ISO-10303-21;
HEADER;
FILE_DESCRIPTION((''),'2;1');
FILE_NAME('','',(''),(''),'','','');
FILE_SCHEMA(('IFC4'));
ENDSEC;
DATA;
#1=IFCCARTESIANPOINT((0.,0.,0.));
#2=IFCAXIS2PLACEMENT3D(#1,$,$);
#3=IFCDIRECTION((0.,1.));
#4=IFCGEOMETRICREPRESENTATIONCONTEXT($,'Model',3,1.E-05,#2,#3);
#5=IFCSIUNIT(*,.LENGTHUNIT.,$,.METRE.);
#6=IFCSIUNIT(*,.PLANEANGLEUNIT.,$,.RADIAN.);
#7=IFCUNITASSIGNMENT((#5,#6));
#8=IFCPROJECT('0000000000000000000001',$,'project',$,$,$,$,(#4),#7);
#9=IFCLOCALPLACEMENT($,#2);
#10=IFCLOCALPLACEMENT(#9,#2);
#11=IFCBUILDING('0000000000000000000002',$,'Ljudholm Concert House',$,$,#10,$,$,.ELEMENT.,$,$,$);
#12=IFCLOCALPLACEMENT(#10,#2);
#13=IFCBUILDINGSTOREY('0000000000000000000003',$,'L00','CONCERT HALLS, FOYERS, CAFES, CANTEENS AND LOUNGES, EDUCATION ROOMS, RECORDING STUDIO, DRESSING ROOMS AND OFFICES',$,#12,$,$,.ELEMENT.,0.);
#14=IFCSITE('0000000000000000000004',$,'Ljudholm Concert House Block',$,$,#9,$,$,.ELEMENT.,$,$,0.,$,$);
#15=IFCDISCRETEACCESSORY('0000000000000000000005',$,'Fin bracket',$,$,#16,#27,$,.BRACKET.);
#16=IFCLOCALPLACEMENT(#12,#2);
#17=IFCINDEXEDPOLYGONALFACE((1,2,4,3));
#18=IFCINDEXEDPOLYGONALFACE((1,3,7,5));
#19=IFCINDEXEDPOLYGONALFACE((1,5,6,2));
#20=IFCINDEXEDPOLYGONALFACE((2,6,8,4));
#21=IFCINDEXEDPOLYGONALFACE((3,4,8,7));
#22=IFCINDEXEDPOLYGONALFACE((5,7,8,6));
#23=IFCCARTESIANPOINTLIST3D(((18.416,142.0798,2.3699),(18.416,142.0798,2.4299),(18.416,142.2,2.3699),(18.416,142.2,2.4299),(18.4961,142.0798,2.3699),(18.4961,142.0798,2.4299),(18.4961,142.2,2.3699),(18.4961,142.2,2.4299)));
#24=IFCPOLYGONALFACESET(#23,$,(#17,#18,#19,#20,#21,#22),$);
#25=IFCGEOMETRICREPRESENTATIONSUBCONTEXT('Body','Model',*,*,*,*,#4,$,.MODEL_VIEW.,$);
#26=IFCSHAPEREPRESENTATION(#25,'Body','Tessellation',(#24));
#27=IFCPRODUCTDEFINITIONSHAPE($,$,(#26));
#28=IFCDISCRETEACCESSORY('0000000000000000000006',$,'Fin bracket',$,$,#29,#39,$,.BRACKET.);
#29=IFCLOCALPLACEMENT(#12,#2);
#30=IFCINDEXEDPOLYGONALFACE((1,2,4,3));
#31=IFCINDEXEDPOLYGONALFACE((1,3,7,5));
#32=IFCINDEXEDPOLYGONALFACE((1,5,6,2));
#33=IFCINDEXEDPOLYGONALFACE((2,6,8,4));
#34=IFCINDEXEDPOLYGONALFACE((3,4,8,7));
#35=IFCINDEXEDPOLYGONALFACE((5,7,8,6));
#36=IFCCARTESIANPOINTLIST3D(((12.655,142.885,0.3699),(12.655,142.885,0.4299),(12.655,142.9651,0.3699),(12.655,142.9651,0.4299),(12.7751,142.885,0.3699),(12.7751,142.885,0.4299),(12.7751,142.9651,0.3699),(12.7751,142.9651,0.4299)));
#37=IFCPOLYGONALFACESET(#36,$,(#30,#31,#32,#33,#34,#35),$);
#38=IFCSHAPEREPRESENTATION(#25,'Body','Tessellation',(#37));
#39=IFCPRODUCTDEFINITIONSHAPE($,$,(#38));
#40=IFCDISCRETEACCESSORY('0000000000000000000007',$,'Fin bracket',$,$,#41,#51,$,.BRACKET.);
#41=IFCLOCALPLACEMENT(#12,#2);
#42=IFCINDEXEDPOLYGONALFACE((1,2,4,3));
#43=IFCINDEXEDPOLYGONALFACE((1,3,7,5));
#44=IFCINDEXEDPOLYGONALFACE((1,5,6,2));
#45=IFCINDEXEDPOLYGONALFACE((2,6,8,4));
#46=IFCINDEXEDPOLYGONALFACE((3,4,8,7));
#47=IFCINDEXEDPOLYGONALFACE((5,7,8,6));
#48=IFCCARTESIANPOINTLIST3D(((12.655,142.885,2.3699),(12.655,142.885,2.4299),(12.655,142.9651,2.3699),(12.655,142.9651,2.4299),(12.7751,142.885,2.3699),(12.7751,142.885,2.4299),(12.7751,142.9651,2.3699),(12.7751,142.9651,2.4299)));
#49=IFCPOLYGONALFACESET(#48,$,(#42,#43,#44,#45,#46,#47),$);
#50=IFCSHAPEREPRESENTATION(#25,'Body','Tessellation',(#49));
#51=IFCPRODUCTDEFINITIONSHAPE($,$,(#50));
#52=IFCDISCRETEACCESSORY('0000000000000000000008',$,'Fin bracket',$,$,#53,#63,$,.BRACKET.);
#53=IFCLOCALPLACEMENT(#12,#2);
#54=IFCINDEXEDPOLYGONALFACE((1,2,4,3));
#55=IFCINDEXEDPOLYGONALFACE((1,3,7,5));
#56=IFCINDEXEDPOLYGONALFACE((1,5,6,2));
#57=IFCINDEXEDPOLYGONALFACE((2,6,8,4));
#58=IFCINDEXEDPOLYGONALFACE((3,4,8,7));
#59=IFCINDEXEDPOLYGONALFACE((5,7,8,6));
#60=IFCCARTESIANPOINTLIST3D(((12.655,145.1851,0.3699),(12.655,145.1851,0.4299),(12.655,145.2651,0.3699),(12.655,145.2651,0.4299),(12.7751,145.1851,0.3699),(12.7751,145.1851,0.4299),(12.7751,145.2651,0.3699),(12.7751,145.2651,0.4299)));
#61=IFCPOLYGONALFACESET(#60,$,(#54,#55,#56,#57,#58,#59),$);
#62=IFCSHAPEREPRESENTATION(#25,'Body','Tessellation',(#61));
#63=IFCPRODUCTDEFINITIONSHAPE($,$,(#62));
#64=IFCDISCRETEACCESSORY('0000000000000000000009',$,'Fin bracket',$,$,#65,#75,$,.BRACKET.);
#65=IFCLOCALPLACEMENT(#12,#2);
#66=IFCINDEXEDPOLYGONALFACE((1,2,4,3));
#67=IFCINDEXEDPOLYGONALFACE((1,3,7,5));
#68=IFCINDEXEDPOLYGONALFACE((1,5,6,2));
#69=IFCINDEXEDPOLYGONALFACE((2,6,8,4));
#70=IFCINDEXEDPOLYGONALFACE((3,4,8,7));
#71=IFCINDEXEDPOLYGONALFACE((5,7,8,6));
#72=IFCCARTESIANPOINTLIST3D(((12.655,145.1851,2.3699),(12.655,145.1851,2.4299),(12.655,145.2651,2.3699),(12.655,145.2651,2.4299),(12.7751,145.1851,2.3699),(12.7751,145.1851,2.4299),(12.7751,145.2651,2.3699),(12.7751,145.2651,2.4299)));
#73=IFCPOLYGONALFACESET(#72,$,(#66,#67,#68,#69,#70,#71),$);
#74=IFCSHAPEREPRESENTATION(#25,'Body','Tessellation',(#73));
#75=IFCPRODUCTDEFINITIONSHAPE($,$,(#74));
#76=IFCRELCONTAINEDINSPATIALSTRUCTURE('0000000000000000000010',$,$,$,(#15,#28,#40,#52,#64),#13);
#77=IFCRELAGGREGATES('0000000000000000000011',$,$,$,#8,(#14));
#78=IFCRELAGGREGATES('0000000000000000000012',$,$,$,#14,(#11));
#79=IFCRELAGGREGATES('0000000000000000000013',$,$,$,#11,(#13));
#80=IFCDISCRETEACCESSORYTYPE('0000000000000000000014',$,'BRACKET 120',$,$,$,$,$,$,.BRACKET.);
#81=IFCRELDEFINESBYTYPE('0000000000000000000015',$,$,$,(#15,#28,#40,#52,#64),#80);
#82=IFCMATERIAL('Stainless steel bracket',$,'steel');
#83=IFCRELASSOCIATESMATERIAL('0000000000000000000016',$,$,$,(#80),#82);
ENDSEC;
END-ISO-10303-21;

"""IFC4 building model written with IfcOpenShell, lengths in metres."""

from ifc_helpers import new_model, si_unit, direction, frame, origin, origin_2d, place, context, subcontext, project, spatial, rectangle, extrude, material, type_object, element, save


model = new_model("IFC4")

# Units and contexts
model_context = context("Model", 3, precision=1e-05, world=origin(), true_north=direction((0.0, 1.0)))
body_context = subcontext(model_context, "Body", "Model", "MODEL_VIEW")
ifc_project = project(units=[si_unit("LENGTHUNIT", "METRE"), si_unit("PLANEANGLEUNIT", "RADIAN")], contexts=[model_context])

# Site, building, storey
site_placement = place(None, origin())
site = spatial("IfcSite", under=ifc_project, at=site_placement, Name="Ljudholm Concert House Block", CompositionType="ELEMENT", RefElevation=0.0)
building_placement = place(site_placement, origin())
building = spatial("IfcBuilding", under=site, at=building_placement, Name="Ljudholm Concert House", CompositionType="ELEMENT")
storey_placement = place(building_placement, origin())
storey = spatial("IfcBuildingStorey", under=building, at=storey_placement, Name="L00", Description="CONCERT HALLS, FOYERS, CAFES, CANTEENS AND LOUNGES, EDUCATION ROOMS, RECORDING STUDIO, DRESSING ROOMS AND OFFICES", CompositionType="ELEMENT", Elevation=0.0)

# Discrete accessories
ifc_material_1 = material(Name="Stainless steel bracket", Category="steel")
discrete_accessory_type = type_object("IfcDiscreteAccessoryType", Name="BRACKET 120", PredefinedType="BRACKET", material=ifc_material_1)
for number, where, z_axis, x_axis, name in (
    (1, (18.4561, 142.1399, 2.3699), (0.0, 0.0, 1.0), (0.0, -1.0, 0.0), "Fin bracket"),
    (2, (12.7151, 142.925, 0.3699), (0.0, 0.0, 1.0), (-1.0, 0.0, 0.0), "Fin bracket"),
    (3, (12.7151, 142.925, 2.3699), (0.0, 0.0, 1.0), (-1.0, 0.0, 0.0), "Fin bracket"),
    (4, (12.7151, 145.2251, 0.3699), (0.0, 0.0, 1.0), (-1.0, 0.0, 0.0), "Fin bracket"),
    (5, (12.7151, 145.2251, 2.3699), (0.0, 0.0, 1.0), (-1.0, 0.0, 0.0), "Fin bracket"),
):
    element("IfcDiscreteAccessory", number, at=place(storey_placement, frame(where, z_axis=z_axis, x_axis=x_axis)), inside=storey, type_object=discrete_accessory_type, Name=name, PredefinedType="BRACKET", context=body_context, shape_type="SweptSolid", body=[
        extrude(rectangle(XDim=0.1201, YDim=0.0801, at=origin_2d()), origin(), (0.0, 0.0, 1.0), 0.0601),
    ])

save(model, "model.ifc")
